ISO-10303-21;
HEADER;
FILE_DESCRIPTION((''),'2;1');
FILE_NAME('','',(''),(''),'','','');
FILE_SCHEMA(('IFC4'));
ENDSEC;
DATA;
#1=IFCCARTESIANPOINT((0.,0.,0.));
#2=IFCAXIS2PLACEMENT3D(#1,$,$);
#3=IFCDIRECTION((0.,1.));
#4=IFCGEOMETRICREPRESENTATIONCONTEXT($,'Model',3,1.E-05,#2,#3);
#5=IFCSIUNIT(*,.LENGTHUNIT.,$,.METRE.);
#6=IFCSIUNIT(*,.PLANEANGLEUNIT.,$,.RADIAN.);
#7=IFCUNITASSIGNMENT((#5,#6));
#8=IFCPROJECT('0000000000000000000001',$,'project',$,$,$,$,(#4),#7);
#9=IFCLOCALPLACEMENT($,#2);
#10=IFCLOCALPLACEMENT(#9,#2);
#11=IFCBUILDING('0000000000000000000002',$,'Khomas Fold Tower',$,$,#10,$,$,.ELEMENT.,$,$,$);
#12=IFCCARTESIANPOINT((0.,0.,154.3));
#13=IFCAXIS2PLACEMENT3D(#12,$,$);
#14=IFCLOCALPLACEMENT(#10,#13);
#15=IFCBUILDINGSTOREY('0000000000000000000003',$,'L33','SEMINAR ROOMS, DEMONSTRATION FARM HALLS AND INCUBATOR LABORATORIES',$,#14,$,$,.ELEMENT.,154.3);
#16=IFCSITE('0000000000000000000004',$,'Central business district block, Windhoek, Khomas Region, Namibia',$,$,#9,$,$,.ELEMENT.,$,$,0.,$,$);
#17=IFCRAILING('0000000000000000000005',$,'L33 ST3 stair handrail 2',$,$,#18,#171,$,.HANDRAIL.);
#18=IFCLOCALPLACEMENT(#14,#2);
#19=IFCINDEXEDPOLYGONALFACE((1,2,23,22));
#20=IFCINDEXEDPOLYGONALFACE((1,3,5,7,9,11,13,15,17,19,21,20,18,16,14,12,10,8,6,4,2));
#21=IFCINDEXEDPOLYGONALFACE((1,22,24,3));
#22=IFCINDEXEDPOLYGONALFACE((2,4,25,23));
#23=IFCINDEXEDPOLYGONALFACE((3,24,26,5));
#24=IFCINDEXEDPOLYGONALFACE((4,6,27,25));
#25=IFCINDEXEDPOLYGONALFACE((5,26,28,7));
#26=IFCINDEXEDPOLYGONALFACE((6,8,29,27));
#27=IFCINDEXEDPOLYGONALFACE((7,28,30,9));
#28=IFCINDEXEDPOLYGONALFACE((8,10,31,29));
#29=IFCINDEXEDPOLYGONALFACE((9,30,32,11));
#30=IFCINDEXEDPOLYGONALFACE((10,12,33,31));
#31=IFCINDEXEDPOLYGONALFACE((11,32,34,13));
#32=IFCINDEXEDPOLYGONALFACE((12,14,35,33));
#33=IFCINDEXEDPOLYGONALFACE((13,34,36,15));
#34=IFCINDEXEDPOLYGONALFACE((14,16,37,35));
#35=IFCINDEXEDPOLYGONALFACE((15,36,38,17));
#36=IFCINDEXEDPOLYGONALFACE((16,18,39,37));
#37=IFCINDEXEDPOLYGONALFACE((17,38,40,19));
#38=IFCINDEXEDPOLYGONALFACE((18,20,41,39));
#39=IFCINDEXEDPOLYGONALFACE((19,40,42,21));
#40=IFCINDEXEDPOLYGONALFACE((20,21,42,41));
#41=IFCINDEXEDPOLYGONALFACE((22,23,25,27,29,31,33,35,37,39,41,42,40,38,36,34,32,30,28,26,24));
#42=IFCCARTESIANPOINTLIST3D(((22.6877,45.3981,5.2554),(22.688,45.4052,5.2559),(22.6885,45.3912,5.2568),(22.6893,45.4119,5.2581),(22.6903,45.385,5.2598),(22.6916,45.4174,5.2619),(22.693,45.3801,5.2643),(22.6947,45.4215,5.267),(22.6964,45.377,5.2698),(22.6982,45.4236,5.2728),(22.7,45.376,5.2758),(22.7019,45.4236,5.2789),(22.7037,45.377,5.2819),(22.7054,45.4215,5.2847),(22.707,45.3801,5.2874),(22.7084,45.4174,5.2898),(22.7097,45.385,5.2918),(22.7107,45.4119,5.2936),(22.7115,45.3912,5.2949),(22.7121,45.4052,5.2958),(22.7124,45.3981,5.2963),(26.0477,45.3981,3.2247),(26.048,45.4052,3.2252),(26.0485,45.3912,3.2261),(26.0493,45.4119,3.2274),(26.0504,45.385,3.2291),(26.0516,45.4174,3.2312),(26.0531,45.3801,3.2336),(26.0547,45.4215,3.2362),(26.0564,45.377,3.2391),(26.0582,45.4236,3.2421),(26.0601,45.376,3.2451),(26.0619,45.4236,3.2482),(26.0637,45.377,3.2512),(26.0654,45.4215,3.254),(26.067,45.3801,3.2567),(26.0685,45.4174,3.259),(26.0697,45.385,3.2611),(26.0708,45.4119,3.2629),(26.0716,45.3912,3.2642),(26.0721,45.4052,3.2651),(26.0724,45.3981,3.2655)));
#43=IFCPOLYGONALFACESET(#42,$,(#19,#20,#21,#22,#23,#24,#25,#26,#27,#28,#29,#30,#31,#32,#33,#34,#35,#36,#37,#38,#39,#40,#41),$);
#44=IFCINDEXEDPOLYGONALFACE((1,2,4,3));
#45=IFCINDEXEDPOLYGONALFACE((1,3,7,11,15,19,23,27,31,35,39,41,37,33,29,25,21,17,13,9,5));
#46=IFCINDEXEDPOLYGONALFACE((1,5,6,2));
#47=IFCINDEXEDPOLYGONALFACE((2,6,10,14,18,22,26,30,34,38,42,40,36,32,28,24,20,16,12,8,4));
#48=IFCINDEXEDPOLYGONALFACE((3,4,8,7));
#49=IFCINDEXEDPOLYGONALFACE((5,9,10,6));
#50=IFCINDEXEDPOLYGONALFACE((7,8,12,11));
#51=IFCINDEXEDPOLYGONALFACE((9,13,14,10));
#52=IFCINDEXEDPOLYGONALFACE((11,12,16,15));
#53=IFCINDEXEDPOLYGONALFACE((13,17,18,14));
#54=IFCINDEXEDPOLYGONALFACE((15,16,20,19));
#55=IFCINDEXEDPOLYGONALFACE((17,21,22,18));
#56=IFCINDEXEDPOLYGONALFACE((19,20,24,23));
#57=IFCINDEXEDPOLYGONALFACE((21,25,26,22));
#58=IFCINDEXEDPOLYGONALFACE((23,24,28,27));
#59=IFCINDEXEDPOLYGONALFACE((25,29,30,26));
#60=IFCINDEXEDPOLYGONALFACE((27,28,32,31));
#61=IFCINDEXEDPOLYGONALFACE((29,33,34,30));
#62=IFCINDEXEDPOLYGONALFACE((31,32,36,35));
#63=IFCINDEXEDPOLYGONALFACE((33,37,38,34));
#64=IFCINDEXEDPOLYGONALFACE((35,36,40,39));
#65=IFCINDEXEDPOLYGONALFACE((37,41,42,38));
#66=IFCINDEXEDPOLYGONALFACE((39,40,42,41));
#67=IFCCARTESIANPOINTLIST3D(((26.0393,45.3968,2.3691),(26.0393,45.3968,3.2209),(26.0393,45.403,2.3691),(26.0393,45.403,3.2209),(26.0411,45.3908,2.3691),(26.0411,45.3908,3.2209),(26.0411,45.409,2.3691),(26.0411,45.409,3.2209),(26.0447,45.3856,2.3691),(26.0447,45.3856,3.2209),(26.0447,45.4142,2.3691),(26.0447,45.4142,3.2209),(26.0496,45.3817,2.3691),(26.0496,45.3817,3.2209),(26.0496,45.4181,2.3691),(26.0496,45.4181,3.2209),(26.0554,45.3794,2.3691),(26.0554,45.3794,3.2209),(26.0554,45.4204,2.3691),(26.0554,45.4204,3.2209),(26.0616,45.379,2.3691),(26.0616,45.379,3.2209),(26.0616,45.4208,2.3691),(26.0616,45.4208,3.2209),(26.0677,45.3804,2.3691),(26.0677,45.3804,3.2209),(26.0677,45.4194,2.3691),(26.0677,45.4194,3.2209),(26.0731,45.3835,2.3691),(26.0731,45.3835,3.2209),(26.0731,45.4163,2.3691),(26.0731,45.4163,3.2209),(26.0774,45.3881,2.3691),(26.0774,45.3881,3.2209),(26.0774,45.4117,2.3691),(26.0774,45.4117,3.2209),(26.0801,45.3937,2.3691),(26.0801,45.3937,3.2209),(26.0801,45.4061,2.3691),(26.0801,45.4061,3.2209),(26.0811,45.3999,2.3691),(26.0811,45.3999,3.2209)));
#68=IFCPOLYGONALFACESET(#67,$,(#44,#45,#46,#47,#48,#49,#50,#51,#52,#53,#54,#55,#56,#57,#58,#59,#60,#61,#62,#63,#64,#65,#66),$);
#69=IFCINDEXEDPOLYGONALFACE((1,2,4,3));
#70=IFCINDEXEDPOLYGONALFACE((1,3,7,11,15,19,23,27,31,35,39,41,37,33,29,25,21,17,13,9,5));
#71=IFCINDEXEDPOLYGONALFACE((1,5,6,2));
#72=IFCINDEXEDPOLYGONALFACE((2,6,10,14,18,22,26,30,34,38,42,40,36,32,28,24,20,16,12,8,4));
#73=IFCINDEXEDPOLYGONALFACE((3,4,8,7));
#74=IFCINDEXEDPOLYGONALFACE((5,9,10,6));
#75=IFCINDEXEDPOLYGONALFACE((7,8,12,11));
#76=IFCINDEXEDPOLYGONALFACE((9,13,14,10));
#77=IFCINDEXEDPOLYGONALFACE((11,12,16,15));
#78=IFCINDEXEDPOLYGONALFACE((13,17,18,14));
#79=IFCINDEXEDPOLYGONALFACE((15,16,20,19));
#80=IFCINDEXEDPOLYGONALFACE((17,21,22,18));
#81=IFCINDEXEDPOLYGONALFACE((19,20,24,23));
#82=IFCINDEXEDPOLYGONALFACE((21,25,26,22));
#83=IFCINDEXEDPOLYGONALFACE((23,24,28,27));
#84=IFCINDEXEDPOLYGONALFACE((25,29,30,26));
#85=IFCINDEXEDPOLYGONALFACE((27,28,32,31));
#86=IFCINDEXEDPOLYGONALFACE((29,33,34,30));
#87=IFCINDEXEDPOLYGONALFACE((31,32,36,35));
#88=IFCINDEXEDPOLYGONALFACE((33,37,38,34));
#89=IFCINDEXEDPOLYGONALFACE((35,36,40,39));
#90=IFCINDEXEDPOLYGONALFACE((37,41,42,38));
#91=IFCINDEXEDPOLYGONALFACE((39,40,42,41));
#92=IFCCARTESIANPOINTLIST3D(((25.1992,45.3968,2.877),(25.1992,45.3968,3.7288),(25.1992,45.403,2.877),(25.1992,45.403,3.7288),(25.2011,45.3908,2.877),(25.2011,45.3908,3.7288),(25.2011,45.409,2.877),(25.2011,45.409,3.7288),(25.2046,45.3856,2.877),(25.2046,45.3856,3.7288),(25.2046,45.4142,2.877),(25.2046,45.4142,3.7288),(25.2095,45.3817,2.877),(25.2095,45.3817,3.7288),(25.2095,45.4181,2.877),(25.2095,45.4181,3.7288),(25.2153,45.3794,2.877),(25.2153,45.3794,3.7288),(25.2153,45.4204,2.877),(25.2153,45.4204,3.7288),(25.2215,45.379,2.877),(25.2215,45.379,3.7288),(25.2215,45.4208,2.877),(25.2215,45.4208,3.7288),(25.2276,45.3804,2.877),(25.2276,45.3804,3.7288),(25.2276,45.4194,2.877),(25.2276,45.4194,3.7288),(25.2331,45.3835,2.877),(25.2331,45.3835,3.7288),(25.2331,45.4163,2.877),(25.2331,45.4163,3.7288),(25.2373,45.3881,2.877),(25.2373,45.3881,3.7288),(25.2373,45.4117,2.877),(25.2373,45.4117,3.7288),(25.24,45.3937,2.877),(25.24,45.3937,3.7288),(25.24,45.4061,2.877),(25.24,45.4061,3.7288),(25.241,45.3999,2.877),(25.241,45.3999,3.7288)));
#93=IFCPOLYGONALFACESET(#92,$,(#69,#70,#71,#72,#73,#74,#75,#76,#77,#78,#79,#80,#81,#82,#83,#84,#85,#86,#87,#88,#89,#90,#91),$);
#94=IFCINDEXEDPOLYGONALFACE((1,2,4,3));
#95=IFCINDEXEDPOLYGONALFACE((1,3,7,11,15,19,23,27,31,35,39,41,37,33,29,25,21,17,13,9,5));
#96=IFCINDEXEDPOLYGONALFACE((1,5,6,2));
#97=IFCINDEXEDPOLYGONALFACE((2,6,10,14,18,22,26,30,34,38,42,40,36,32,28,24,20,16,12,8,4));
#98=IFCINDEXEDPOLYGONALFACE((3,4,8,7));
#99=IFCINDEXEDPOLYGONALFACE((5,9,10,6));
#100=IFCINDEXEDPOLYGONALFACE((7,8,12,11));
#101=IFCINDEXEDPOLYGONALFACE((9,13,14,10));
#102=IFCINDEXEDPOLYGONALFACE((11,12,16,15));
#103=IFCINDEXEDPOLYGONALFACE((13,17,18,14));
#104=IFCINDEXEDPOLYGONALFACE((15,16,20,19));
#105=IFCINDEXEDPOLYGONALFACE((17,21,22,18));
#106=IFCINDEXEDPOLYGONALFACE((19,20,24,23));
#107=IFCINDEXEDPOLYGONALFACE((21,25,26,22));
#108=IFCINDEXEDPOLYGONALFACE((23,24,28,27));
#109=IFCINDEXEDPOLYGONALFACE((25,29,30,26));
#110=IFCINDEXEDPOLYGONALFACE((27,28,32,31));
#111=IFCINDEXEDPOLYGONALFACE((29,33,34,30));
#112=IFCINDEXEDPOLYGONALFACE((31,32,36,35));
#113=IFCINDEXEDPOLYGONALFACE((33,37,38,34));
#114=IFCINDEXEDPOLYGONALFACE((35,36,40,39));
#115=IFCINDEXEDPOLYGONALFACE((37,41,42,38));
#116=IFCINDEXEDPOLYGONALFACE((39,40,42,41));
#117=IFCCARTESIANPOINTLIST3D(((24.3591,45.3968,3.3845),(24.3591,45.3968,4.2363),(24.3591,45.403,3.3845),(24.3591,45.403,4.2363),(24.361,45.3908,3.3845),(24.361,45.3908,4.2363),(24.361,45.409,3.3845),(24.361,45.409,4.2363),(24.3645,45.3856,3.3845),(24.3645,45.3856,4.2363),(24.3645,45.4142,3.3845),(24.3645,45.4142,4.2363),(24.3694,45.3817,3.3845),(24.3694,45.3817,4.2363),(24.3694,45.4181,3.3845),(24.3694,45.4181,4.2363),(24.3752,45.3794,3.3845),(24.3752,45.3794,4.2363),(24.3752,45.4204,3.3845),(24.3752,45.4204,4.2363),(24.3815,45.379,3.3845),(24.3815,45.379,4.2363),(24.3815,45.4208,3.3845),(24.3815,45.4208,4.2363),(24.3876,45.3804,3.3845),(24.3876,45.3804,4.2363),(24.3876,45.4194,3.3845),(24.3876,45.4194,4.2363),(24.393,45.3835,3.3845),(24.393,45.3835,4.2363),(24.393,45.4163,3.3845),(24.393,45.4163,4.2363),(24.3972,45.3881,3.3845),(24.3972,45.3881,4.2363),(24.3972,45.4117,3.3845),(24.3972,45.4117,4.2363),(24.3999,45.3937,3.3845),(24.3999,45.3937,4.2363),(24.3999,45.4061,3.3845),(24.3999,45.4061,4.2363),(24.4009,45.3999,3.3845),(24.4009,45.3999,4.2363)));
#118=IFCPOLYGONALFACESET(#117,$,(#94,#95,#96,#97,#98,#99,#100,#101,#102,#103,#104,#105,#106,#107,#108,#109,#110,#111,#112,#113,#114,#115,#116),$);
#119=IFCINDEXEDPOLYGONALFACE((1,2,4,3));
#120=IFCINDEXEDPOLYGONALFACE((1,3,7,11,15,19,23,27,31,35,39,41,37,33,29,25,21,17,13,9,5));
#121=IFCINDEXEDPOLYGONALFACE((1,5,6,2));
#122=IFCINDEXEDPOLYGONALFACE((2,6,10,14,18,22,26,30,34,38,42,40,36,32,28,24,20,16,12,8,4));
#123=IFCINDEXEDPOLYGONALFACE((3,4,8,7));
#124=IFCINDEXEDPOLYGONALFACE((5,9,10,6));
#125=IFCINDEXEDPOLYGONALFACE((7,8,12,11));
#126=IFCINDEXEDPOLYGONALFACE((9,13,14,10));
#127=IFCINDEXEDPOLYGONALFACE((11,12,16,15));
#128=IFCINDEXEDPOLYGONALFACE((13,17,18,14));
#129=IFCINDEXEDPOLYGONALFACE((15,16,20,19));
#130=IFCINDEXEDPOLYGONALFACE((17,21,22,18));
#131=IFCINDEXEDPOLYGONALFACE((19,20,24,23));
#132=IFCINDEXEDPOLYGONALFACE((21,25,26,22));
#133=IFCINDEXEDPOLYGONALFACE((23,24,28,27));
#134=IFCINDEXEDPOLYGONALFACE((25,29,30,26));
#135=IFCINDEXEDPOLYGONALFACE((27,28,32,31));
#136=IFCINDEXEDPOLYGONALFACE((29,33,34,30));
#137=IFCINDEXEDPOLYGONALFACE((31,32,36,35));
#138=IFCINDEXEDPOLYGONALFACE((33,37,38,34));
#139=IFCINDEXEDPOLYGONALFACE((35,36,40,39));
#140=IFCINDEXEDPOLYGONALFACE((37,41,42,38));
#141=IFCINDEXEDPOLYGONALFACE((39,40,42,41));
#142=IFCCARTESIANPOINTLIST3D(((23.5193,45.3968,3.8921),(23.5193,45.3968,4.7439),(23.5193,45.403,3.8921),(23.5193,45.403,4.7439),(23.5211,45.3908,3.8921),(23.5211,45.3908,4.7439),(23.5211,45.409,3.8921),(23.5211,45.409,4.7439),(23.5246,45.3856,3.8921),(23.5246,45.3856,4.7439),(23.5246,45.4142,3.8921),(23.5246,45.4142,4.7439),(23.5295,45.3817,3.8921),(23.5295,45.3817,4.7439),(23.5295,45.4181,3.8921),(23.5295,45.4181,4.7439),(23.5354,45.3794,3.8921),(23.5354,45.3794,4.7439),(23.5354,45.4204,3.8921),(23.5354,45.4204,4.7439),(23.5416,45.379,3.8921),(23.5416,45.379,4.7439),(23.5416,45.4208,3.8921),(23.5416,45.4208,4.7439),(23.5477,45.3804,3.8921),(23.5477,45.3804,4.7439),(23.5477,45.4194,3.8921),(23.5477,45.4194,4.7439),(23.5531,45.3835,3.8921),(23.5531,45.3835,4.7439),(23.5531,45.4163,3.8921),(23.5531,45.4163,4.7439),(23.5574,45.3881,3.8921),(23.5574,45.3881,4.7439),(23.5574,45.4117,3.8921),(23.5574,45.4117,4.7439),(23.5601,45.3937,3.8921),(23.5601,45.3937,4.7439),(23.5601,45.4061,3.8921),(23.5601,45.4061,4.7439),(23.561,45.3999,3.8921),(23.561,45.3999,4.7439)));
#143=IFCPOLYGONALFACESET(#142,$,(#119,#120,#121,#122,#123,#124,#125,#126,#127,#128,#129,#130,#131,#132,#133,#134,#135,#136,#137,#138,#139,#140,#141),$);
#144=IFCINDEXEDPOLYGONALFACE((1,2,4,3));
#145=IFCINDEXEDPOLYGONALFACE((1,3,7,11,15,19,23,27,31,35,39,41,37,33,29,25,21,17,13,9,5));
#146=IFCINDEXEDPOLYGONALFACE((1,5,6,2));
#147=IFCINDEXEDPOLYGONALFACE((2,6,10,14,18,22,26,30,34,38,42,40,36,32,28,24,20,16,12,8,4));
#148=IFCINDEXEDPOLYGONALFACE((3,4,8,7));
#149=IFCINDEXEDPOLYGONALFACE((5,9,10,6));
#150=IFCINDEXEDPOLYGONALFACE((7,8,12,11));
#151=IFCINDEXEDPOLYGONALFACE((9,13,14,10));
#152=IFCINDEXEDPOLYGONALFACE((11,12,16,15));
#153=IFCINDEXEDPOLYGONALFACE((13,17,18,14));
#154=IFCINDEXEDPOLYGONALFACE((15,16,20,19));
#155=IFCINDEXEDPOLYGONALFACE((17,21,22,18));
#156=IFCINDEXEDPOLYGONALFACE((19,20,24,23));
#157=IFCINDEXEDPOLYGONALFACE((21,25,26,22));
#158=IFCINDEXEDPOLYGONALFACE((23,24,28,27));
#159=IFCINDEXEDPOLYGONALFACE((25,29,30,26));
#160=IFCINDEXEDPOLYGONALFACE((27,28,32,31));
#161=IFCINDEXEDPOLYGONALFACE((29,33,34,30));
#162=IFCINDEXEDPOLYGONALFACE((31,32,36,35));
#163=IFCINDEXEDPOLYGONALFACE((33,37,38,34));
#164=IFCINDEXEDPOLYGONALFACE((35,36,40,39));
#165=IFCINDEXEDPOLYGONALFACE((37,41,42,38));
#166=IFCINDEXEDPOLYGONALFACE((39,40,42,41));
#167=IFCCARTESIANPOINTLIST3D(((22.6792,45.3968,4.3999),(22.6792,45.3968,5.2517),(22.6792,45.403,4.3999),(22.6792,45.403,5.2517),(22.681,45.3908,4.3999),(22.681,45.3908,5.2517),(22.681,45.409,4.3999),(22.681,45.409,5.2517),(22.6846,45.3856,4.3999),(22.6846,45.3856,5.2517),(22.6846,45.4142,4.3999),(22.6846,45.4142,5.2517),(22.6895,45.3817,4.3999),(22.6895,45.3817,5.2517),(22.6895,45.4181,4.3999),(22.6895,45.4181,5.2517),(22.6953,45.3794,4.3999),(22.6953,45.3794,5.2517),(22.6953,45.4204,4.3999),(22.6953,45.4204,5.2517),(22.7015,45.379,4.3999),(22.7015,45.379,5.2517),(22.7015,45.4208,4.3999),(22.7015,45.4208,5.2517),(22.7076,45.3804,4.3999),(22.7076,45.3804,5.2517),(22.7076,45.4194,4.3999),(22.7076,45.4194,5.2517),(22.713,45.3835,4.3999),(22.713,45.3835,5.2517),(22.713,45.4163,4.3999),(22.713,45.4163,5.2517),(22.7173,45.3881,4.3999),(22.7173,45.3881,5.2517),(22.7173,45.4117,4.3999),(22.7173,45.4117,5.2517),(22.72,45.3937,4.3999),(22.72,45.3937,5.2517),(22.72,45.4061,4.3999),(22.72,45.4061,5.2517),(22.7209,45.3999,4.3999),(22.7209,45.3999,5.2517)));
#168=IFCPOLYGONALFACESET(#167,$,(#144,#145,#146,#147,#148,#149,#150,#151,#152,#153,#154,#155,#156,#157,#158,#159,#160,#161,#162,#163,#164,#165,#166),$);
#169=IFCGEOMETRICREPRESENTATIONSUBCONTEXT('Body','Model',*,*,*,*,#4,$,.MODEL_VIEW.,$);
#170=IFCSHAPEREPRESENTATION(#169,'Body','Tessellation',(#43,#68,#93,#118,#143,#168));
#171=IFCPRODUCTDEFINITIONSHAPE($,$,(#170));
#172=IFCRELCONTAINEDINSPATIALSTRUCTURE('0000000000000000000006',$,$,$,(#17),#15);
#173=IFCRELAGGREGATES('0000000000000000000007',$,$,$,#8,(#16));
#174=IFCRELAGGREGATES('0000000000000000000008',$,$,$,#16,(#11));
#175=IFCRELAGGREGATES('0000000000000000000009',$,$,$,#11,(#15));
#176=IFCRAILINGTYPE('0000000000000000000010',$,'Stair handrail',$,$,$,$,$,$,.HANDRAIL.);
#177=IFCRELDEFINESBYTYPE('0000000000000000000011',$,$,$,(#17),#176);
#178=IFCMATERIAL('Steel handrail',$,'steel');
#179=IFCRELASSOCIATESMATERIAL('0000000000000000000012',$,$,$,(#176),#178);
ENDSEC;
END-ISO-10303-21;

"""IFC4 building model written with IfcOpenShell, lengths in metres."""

from ifc_helpers import new_model, si_unit, direction, frame, origin, origin_2d, place, context, subcontext, project, spatial, circle, extrude, source, transform, mapped, material, type_object, element, save


model = new_model("IFC4")

# Units and contexts
model_context = context("Model", 3, precision=1e-05, world=origin(), true_north=direction((0.0, 1.0)))
body_context = subcontext(model_context, "Body", "Model", "MODEL_VIEW")
ifc_project = project(units=[si_unit("LENGTHUNIT", "METRE"), si_unit("PLANEANGLEUNIT", "RADIAN")], contexts=[model_context])

# Site, building, storey
site_placement = place(None, origin())
site = spatial("IfcSite", under=ifc_project, at=site_placement, Name="Central business district block, Windhoek, Khomas Region, Namibia", CompositionType="ELEMENT", RefElevation=0.0)
building_placement = place(site_placement, origin())
building = spatial("IfcBuilding", under=site, at=building_placement, Name="Khomas Fold Tower", CompositionType="ELEMENT")
storey_placement = place(building_placement, frame((0.0, 0.0, 154.3)))
storey = spatial("IfcBuildingStorey", under=building, at=storey_placement, Name="L33", Description="SEMINAR ROOMS, DEMONSTRATION FARM HALLS AND INCUBATOR LABORATORIES", CompositionType="ELEMENT", Elevation=154.3)

# Railing
ifc_material_1 = material(Name="Steel handrail", Category="steel")
railing_type_1 = type_object("IfcRailingType", Name="Stair handrail", PredefinedType="HANDRAIL", material=ifc_material_1)
shared_shape_1 = source(origin(), body_context, "Body", "SweptSolid", [
    extrude(circle(Radius=0.0239, at=origin_2d()), frame((0.0, 0.0, 0.876), z_axis=(-0.855837, 0.0, 0.517246), x_axis=(0.0, -1.0, 0.0)), (0.0, 0.0, 1.0), 3.926),
    extrude(circle(Radius=0.021, at=origin_2d()), origin(), (0.0, 0.0, 1.0), 0.8518),
    extrude(circle(Radius=0.021, at=origin_2d()), frame((-0.8401, 0.0, 0.5078)), (0.0, 0.0, 1.0), 0.8518),
    extrude(circle(Radius=0.021, at=origin_2d()), frame((-1.6802, 0.0, 1.0154)), (0.0, 0.0, 1.0), 0.8518),
    extrude(circle(Radius=0.021, at=origin_2d()), frame((-2.52, 0.0, 1.5229)), (0.0, 0.0, 1.0), 0.8518),
    extrude(circle(Radius=0.021, at=origin_2d()), frame((-3.3601, 0.0, 2.0308)), (0.0, 0.0, 1.0), 0.8518),
])
railing_1_placement = place(storey_placement, frame((26.0601, 45.3999, 2.3691)))
element("IfcRailing", 1, at=railing_1_placement, inside=storey, type_object=railing_type_1, Name="L33 ST3 stair handrail 2", PredefinedType="HANDRAIL", context=body_context, shape_type="MappedRepresentation", body=[
    mapped(shared_shape_1, transform((0.0, 0.0, 0.0))),
])

save(model, "model.ifc")
